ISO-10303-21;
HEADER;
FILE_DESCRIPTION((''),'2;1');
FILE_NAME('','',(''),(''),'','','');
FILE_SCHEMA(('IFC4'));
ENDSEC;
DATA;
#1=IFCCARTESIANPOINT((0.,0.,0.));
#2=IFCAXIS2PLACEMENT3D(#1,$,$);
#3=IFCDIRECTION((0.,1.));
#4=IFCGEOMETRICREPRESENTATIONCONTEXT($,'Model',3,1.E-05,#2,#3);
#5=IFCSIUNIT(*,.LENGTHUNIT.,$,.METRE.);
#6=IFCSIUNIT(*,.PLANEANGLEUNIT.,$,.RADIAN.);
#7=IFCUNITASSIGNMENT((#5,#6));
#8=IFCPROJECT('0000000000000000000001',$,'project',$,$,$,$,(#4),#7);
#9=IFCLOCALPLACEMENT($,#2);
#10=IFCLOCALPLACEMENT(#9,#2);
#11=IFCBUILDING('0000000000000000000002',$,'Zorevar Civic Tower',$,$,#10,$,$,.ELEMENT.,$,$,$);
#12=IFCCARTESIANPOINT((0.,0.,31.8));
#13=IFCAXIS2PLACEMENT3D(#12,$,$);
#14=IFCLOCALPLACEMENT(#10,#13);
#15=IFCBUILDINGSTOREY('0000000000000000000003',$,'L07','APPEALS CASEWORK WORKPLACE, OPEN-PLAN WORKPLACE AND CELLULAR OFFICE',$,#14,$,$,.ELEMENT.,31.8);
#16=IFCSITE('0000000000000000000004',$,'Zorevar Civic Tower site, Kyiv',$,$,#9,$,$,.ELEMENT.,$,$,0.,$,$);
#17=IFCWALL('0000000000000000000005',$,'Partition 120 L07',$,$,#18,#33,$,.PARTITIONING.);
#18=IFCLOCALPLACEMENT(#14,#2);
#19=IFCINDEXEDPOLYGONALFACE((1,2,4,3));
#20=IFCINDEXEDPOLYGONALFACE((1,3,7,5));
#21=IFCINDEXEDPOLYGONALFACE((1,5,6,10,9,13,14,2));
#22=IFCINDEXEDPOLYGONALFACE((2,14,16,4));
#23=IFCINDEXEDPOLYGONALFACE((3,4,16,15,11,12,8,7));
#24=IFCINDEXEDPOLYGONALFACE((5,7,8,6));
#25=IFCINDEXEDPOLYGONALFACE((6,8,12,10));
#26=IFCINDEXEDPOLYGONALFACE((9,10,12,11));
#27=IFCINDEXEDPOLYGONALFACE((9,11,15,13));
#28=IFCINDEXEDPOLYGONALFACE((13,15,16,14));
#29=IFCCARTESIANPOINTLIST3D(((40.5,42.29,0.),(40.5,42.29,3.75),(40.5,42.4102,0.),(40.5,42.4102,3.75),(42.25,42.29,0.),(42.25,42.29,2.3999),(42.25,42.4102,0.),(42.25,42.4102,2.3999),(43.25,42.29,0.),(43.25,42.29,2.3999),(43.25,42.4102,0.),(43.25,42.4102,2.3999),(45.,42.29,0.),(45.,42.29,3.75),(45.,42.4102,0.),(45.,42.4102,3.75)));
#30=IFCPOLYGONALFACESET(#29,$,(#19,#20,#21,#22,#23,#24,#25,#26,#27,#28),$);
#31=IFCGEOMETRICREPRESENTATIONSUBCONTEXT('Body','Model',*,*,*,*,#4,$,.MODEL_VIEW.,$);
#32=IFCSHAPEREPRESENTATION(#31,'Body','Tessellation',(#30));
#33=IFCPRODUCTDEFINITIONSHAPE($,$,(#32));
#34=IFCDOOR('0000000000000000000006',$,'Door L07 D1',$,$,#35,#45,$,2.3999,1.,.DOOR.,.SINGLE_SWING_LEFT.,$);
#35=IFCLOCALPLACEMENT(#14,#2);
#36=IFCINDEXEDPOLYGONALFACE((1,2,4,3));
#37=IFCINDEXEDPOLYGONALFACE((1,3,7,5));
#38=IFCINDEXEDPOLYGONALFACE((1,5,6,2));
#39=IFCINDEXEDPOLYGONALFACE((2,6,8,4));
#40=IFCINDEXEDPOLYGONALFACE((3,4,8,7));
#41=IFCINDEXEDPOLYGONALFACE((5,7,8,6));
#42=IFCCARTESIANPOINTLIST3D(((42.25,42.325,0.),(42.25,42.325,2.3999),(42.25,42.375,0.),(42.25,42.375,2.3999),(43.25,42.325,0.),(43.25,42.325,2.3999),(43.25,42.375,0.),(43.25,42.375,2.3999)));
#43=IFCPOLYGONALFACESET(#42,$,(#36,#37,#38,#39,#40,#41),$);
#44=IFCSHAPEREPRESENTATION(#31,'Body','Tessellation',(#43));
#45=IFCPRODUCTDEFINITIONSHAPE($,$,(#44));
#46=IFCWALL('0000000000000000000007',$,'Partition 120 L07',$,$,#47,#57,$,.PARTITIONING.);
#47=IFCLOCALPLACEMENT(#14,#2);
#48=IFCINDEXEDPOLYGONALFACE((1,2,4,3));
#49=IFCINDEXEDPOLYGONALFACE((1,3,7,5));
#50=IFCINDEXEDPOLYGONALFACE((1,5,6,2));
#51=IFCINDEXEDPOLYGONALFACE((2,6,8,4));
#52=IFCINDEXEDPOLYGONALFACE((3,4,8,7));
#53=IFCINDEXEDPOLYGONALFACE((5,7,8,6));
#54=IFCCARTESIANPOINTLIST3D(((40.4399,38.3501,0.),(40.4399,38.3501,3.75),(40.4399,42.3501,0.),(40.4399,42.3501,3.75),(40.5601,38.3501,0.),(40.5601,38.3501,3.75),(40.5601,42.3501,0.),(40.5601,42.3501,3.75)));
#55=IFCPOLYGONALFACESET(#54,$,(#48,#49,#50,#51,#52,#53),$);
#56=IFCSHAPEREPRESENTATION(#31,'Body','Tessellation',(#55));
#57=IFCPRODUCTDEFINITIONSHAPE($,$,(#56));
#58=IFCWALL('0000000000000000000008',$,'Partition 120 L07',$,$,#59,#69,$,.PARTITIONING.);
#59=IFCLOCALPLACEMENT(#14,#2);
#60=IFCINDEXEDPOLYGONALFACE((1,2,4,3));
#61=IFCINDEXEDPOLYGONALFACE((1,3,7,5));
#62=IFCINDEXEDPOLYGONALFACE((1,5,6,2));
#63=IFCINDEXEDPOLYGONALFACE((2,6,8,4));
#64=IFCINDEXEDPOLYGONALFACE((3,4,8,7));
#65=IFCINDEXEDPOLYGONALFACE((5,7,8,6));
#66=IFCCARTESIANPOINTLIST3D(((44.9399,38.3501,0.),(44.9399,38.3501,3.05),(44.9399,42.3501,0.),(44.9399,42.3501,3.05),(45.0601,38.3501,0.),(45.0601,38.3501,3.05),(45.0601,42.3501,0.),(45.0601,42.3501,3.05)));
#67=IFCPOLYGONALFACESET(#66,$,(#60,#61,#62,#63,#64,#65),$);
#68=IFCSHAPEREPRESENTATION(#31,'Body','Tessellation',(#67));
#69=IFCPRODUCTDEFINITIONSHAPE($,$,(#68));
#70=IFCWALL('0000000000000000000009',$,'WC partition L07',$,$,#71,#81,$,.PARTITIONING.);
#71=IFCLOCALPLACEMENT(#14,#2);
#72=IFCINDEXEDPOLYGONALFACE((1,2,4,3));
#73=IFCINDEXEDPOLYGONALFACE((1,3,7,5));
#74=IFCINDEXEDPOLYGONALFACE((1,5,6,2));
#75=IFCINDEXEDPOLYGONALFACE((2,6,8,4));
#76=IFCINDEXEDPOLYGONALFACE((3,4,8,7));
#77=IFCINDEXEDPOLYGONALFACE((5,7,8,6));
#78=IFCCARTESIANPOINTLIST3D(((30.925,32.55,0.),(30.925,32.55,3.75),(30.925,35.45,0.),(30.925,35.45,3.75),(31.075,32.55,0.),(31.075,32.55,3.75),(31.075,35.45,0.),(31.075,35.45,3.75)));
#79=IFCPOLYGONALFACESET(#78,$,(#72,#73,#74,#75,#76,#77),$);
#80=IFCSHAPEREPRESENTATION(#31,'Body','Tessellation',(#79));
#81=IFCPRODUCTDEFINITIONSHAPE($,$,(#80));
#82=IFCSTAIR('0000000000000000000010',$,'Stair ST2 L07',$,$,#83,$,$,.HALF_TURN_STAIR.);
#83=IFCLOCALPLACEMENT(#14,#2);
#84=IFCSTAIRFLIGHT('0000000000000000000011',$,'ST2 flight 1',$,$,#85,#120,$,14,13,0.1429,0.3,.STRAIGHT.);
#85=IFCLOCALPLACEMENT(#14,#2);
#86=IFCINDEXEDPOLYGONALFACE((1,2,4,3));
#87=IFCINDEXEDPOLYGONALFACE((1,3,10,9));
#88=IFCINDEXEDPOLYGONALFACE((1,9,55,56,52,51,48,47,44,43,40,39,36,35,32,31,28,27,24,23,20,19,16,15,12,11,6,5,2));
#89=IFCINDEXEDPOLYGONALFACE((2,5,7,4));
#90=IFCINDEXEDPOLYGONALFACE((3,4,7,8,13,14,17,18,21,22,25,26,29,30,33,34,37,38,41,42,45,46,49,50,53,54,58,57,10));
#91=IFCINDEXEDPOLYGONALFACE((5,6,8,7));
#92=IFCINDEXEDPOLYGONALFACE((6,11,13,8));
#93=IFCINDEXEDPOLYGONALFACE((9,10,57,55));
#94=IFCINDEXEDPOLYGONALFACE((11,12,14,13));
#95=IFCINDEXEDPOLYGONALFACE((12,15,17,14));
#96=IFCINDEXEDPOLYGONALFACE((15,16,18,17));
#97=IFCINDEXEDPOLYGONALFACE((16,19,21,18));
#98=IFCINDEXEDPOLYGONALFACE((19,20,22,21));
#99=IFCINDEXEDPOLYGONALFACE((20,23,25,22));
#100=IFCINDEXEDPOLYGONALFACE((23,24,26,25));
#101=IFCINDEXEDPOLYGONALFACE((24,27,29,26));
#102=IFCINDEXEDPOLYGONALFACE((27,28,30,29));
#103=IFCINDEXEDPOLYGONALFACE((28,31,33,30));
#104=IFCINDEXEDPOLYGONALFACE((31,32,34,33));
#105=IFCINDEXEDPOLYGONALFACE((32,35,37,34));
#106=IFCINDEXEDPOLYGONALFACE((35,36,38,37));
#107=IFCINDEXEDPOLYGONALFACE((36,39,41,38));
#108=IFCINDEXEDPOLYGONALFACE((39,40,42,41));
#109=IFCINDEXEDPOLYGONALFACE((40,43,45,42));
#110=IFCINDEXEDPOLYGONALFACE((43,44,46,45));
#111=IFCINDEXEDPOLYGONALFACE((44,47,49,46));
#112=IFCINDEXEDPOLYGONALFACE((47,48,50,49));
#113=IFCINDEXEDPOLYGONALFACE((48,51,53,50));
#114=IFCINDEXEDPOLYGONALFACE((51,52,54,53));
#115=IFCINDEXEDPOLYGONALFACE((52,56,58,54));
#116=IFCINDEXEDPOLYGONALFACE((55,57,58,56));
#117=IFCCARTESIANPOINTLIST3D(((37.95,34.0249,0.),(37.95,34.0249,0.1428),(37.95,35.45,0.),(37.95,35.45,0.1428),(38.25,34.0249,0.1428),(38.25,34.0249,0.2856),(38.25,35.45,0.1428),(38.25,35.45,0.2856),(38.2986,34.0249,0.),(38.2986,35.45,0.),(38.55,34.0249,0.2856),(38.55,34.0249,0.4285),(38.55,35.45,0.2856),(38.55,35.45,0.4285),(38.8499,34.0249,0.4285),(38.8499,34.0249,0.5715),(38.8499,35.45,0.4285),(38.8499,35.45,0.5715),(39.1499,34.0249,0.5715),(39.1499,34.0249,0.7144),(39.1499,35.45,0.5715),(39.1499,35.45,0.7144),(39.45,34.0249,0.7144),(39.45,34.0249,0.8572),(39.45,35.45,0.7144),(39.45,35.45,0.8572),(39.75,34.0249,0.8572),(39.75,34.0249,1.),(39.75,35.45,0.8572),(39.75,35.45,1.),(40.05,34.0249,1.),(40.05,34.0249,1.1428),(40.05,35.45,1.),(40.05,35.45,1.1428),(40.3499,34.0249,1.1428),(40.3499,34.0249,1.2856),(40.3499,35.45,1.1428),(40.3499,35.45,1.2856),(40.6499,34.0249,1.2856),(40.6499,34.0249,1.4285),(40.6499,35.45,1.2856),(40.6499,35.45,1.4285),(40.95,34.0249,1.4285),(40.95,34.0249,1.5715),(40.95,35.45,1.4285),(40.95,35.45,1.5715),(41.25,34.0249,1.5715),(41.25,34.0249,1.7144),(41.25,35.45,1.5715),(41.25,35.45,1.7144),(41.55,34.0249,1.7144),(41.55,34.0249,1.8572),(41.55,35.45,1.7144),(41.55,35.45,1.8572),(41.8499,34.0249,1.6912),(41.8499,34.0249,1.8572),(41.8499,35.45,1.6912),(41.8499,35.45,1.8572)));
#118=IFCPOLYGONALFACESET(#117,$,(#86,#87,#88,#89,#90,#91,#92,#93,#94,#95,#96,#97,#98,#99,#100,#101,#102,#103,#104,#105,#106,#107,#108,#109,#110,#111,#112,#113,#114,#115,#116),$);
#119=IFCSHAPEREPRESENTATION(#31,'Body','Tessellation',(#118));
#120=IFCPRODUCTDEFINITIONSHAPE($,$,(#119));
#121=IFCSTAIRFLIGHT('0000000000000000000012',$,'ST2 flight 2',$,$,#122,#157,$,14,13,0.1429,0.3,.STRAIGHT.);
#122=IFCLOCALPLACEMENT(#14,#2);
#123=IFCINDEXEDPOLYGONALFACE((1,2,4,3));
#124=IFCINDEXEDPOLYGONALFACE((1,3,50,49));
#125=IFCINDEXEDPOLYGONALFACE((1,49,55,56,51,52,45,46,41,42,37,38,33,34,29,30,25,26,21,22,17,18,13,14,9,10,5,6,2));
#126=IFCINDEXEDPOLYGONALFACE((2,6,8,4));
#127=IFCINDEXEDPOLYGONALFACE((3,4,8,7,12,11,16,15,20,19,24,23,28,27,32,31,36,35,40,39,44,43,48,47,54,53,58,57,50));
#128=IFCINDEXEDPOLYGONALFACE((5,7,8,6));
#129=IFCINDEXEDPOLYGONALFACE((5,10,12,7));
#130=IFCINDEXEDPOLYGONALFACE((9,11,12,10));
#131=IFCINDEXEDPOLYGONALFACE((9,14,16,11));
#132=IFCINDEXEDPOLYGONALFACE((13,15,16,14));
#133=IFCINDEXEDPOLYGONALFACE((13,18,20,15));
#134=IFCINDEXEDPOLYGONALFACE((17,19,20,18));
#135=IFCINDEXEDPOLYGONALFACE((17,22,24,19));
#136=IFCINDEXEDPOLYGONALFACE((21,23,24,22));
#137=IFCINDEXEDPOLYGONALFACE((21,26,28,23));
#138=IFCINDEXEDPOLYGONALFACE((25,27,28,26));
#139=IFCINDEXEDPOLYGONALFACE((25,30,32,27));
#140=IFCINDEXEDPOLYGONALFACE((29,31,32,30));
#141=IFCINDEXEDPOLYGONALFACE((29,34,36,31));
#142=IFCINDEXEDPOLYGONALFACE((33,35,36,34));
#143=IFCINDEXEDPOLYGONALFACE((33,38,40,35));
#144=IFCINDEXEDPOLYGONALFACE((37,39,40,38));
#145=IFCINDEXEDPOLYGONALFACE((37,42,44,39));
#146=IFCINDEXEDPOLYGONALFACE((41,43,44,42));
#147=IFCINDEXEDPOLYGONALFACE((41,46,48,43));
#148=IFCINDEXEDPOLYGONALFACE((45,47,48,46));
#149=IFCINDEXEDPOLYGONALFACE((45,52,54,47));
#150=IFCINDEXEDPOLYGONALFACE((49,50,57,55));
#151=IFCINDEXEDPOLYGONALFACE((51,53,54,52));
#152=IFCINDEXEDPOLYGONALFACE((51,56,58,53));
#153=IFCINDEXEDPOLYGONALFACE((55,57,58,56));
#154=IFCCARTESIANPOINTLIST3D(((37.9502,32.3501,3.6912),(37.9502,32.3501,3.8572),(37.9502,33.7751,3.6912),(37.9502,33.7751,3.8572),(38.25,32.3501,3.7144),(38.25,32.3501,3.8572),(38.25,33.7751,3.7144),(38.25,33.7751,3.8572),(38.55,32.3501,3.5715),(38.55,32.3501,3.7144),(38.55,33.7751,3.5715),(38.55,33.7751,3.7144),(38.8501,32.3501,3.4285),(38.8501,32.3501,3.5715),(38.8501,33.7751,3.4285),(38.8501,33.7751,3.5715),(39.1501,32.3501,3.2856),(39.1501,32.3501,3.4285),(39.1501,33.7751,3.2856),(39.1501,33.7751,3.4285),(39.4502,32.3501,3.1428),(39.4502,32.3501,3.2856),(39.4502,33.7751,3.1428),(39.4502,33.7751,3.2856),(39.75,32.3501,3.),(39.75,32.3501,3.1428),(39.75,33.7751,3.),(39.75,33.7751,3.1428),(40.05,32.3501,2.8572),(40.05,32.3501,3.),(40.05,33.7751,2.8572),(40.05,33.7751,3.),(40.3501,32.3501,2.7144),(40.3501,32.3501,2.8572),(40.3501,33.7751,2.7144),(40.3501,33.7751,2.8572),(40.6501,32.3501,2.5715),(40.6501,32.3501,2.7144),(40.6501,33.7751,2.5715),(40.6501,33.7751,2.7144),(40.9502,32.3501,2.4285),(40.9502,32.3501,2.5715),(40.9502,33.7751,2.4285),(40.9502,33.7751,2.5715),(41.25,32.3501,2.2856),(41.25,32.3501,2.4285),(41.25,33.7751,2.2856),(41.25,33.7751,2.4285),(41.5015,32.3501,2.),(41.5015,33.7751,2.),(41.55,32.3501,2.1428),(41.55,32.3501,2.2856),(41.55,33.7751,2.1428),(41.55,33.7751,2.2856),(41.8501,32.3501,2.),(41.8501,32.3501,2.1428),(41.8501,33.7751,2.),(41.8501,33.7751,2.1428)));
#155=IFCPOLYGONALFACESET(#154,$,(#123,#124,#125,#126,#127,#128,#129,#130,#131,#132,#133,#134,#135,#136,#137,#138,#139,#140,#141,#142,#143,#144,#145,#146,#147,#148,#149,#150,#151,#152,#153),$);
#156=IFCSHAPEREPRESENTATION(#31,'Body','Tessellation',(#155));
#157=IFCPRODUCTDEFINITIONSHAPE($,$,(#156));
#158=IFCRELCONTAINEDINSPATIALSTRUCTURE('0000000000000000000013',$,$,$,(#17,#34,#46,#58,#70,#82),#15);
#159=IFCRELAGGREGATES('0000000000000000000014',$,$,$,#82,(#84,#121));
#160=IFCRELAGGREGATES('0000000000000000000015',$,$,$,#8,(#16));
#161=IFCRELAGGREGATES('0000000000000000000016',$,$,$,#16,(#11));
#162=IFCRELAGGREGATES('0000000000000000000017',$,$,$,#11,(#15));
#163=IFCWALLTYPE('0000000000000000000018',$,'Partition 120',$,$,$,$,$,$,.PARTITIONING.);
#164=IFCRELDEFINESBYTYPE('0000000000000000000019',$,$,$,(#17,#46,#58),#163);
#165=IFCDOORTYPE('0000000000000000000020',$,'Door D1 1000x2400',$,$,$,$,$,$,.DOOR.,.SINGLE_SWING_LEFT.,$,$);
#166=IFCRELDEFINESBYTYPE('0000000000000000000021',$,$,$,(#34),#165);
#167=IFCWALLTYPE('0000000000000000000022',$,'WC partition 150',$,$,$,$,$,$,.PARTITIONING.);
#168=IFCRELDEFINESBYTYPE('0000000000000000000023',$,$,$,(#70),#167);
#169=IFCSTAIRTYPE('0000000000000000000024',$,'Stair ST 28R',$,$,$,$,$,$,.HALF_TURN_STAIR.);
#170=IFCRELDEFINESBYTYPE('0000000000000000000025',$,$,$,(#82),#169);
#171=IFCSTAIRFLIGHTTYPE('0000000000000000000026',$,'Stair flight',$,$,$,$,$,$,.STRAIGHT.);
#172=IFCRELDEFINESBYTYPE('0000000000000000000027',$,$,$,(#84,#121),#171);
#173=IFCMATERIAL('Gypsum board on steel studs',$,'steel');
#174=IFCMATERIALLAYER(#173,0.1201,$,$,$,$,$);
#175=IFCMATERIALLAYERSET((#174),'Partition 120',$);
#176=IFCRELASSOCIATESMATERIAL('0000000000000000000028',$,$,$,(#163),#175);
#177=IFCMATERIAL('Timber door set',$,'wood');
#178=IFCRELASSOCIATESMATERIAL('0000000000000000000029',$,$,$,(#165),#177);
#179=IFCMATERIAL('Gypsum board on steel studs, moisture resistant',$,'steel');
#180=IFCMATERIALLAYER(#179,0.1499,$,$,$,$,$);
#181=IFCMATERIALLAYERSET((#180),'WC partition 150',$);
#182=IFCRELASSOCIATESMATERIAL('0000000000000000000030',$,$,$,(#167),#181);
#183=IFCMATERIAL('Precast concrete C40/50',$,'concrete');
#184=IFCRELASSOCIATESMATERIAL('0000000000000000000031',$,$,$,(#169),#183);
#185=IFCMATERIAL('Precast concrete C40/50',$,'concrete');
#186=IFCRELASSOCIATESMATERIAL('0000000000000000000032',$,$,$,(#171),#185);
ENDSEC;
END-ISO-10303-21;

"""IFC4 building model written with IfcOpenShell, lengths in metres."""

from ifc_helpers import new_model, si_unit, direction, frame, frame_2d, origin, place, context, subcontext, project, spatial, polyline, rectangle, outline, extrude, material, layer, layer_set, type_object, element, fill, aggregate, save


model = new_model("IFC4")

# Units and contexts
model_context = context("Model", 3, precision=1e-05, world=origin(), true_north=direction((0.0, 1.0)))
body_context = subcontext(model_context, "Body", "Model", "MODEL_VIEW")
ifc_project = project(units=[si_unit("LENGTHUNIT", "METRE"), si_unit("PLANEANGLEUNIT", "RADIAN")], contexts=[model_context])

# Site, building, storey
site_placement = place(None, origin())
site = spatial("IfcSite", under=ifc_project, at=site_placement, Name="Zorevar Civic Tower site, Kyiv", CompositionType="ELEMENT", RefElevation=0.0)
building_placement = place(site_placement, origin())
building = spatial("IfcBuilding", under=site, at=building_placement, Name="Zorevar Civic Tower", CompositionType="ELEMENT")
storey_placement = place(building_placement, frame((0.0, 0.0, 31.8)))
storey = spatial("IfcBuildingStorey", under=building, at=storey_placement, Name="L07", Description="APPEALS CASEWORK WORKPLACE, OPEN-PLAN WORKPLACE AND CELLULAR OFFICE", CompositionType="ELEMENT", Elevation=31.8)

# Shared definitions
ifc_material_1 = material(Name="Gypsum board on steel studs", Category="steel")
ifc_layer_1 = layer(ifc_material_1, 0.1201)
ifc_layer_set_1 = layer_set([ifc_layer_1], Name="Partition 120")
wall_type_1 = type_object("IfcWallType", Name="Partition 120", PredefinedType="PARTITIONING", material=ifc_layer_set_1)

# Wall, opening, door
wall_1_placement = place(storey_placement, frame((40.5, 42.3501, 0.0), z_axis=(0.0, 0.0, 1.0), x_axis=(1.0, 0.0, 0.0)))
wall_1 = element("IfcWall", 1, at=wall_1_placement, inside=storey, type_object=wall_type_1, Name="Partition 120 L07", PredefinedType="PARTITIONING", context=body_context, shape_type="SweptSolid", body=[
    extrude(rectangle(XDim=4.5, YDim=0.1201, at=frame_2d((2.25, 0.0))), origin(), (0.0, 0.0, 1.0), 3.75),
])
opening_1_placement = place(wall_1_placement, frame((1.75, 0.0, 0.0)))
opening_1 = element("IfcOpeningElement", 2, at=opening_1_placement, cuts=wall_1, PredefinedType="OPENING", context=body_context, shape_type="SweptSolid", body=[
    extrude(rectangle(XDim=1.0, YDim=2.3999, at=frame_2d((0.5, 1.2))), frame((0.0, 0.0701, 0.0), z_axis=(0.0, -1.0, 0.0), x_axis=(1.0, 0.0, 0.0)), (0.0, 0.0, 1.0), 0.1401),
])
ifc_material_2 = material(Name="Timber door set", Category="wood")
door_type_1 = type_object("IfcDoorType", Name="Door D1 1000x2400", OperationType="SINGLE_SWING_LEFT", PredefinedType="DOOR", material=ifc_material_2)
door_1_placement = place(opening_1_placement, origin())
door_1 = element("IfcDoor", 3, at=door_1_placement, inside=storey, type_object=door_type_1, Name="Door L07 D1", OperationType="SINGLE_SWING_LEFT", OverallHeight=2.3999, OverallWidth=1.0, PredefinedType="DOOR", context=body_context, shape_type="SweptSolid", body=[
    extrude(rectangle(XDim=1.0, YDim=2.3999, at=frame_2d((0.5, 1.2))), frame((0.0, 0.0249, 0.0), z_axis=(0.0, -1.0, 0.0), x_axis=(1.0, 0.0, 0.0)), (0.0, 0.0, 1.0), 0.05),
])
fill(opening_1, door_1)

# Walls
wall_2_placement = place(storey_placement, frame((40.5, 38.3501, 0.0), z_axis=(0.0, 0.0, 1.0), x_axis=(0.0, 1.0, 0.0)))
element("IfcWall", 4, at=wall_2_placement, inside=storey, type_object=wall_type_1, Name="Partition 120 L07", PredefinedType="PARTITIONING", context=body_context, shape_type="SweptSolid", body=[
    extrude(rectangle(XDim=4.0, YDim=0.1201, at=frame_2d((2.0, 0.0))), origin(), (0.0, 0.0, 1.0), 3.75),
])
wall_3_placement = place(storey_placement, frame((45.0, 38.3501, 0.0), z_axis=(0.0, 0.0, 1.0), x_axis=(0.0, 1.0, 0.0)))
element("IfcWall", 5, at=wall_3_placement, inside=storey, type_object=wall_type_1, Name="Partition 120 L07", PredefinedType="PARTITIONING", context=body_context, shape_type="SweptSolid", body=[
    extrude(rectangle(XDim=4.0, YDim=0.1201, at=frame_2d((2.0, 0.0))), origin(), (0.0, 0.0, 1.0), 3.05),
])
ifc_material_3 = material(Name="Gypsum board on steel studs, moisture resistant", Category="steel")
ifc_layer_2 = layer(ifc_material_3, 0.1499)
ifc_layer_set_2 = layer_set([ifc_layer_2], Name="WC partition 150")
wall_type_2 = type_object("IfcWallType", Name="WC partition 150", PredefinedType="PARTITIONING", material=ifc_layer_set_2)
wall_4_placement = place(storey_placement, frame((31.0, 32.55, 0.0), z_axis=(0.0, 0.0, 1.0), x_axis=(0.0, 1.0, 0.0)))
element("IfcWall", 6, at=wall_4_placement, inside=storey, type_object=wall_type_2, Name="WC partition L07", PredefinedType="PARTITIONING", context=body_context, shape_type="SweptSolid", body=[
    extrude(rectangle(XDim=2.8999, YDim=0.1499, at=frame_2d((1.45, 0.0))), origin(), (0.0, 0.0, 1.0), 3.75),
])

# Stair, stair flights
ifc_material_4 = material(Name="Precast concrete C40/50", Category="concrete")
stair_type = type_object("IfcStairType", Name="Stair ST 28R", PredefinedType="HALF_TURN_STAIR", material=ifc_material_4)
stair_placement = place(storey_placement, origin())
stair = element("IfcStair", 7, at=stair_placement, inside=storey, type_object=stair_type, Name="Stair ST2 L07", PredefinedType="HALF_TURN_STAIR")
ifc_material_5 = material(Name="Precast concrete C40/50", Category="concrete")
stair_flight_type = type_object("IfcStairFlightType", Name="Stair flight", PredefinedType="STRAIGHT", material=ifc_material_5)
stair_flight_1_placement = place(storey_placement, frame((37.95, 34.7375, 0.0), z_axis=(0.0, 0.0, 1.0), x_axis=(1.0, 0.0, 0.0)))
stair_flight_1 = element("IfcStairFlight", 8, at=stair_flight_1_placement, type_object=stair_flight_type, Name="ST2 flight 1", NumberOfRisers=14, NumberOfTreads=13, PredefinedType="STRAIGHT", RiserHeight=0.1429, TreadLength=0.3, context=body_context, shape_type="SweptSolid", body=[
    extrude(outline(polyline([(0.0, 0.0), (0.0, 0.1428), (0.3, 0.1428), (0.3, 0.2856), (0.6001, 0.2856), (0.6001, 0.4285), (0.8999, 0.4285), (0.8999, 0.5715), (1.2, 0.5715), (1.2, 0.7144), (1.5, 0.7144), (1.5, 0.8572), (1.8, 0.8572), (1.8, 1.0), (2.1001, 1.0), (2.1001, 1.1428), (2.3999, 1.1428), (2.3999, 1.2856), (2.7, 1.2856), (2.7, 1.4285), (3.0, 1.4285), (3.0, 1.5715), (3.3, 1.5715), (3.3, 1.7144), (3.6001, 1.7144), (3.6001, 1.8572), (3.8999, 1.8572), (3.8999, 2.0), (3.8999, 1.6912), (0.3486, 0.0), (0.0, 0.0)])), frame((0.0, 0.7124, 0.0), z_axis=(0.0, -1.0, 0.0), x_axis=(1.0, 0.0, 0.0)), (0.0, 0.0, 1.0), 1.425),
])
stair_flight_2_placement = place(storey_placement, frame((41.8501, 33.0625, 2.0), z_axis=(0.0, 0.0, 1.0), x_axis=(-1.0, 0.0, 0.0)))
stair_flight_2 = element("IfcStairFlight", 9, at=stair_flight_2_placement, type_object=stair_flight_type, Name="ST2 flight 2", NumberOfRisers=14, NumberOfTreads=13, PredefinedType="STRAIGHT", RiserHeight=0.1429, TreadLength=0.3, context=body_context, shape_type="SweptSolid", body=[
    extrude(outline(polyline([(0.0, 0.0), (0.0, 0.1428), (0.3, 0.1428), (0.3, 0.2856), (0.6001, 0.2856), (0.6001, 0.4285), (0.8999, 0.4285), (0.8999, 0.5715), (1.2, 0.5715), (1.2, 0.7144), (1.5, 0.7144), (1.5, 0.8572), (1.8, 0.8572), (1.8, 1.0), (2.1001, 1.0), (2.1001, 1.1428), (2.3999, 1.1428), (2.3999, 1.2856), (2.7, 1.2856), (2.7, 1.4285), (3.0, 1.4285), (3.0, 1.5715), (3.3, 1.5715), (3.3, 1.7144), (3.6001, 1.7144), (3.6001, 1.8572), (3.8999, 1.8572), (3.8999, 2.0), (3.8999, 1.6912), (0.3486, 0.0), (0.0, 0.0)])), frame((0.0, 0.7124, 0.0), z_axis=(0.0, -1.0, 0.0), x_axis=(1.0, 0.0, 0.0)), (0.0, 0.0, 1.0), 1.425),
])
aggregate(stair, [stair_flight_1, stair_flight_2])

save(model, "model.ifc")
